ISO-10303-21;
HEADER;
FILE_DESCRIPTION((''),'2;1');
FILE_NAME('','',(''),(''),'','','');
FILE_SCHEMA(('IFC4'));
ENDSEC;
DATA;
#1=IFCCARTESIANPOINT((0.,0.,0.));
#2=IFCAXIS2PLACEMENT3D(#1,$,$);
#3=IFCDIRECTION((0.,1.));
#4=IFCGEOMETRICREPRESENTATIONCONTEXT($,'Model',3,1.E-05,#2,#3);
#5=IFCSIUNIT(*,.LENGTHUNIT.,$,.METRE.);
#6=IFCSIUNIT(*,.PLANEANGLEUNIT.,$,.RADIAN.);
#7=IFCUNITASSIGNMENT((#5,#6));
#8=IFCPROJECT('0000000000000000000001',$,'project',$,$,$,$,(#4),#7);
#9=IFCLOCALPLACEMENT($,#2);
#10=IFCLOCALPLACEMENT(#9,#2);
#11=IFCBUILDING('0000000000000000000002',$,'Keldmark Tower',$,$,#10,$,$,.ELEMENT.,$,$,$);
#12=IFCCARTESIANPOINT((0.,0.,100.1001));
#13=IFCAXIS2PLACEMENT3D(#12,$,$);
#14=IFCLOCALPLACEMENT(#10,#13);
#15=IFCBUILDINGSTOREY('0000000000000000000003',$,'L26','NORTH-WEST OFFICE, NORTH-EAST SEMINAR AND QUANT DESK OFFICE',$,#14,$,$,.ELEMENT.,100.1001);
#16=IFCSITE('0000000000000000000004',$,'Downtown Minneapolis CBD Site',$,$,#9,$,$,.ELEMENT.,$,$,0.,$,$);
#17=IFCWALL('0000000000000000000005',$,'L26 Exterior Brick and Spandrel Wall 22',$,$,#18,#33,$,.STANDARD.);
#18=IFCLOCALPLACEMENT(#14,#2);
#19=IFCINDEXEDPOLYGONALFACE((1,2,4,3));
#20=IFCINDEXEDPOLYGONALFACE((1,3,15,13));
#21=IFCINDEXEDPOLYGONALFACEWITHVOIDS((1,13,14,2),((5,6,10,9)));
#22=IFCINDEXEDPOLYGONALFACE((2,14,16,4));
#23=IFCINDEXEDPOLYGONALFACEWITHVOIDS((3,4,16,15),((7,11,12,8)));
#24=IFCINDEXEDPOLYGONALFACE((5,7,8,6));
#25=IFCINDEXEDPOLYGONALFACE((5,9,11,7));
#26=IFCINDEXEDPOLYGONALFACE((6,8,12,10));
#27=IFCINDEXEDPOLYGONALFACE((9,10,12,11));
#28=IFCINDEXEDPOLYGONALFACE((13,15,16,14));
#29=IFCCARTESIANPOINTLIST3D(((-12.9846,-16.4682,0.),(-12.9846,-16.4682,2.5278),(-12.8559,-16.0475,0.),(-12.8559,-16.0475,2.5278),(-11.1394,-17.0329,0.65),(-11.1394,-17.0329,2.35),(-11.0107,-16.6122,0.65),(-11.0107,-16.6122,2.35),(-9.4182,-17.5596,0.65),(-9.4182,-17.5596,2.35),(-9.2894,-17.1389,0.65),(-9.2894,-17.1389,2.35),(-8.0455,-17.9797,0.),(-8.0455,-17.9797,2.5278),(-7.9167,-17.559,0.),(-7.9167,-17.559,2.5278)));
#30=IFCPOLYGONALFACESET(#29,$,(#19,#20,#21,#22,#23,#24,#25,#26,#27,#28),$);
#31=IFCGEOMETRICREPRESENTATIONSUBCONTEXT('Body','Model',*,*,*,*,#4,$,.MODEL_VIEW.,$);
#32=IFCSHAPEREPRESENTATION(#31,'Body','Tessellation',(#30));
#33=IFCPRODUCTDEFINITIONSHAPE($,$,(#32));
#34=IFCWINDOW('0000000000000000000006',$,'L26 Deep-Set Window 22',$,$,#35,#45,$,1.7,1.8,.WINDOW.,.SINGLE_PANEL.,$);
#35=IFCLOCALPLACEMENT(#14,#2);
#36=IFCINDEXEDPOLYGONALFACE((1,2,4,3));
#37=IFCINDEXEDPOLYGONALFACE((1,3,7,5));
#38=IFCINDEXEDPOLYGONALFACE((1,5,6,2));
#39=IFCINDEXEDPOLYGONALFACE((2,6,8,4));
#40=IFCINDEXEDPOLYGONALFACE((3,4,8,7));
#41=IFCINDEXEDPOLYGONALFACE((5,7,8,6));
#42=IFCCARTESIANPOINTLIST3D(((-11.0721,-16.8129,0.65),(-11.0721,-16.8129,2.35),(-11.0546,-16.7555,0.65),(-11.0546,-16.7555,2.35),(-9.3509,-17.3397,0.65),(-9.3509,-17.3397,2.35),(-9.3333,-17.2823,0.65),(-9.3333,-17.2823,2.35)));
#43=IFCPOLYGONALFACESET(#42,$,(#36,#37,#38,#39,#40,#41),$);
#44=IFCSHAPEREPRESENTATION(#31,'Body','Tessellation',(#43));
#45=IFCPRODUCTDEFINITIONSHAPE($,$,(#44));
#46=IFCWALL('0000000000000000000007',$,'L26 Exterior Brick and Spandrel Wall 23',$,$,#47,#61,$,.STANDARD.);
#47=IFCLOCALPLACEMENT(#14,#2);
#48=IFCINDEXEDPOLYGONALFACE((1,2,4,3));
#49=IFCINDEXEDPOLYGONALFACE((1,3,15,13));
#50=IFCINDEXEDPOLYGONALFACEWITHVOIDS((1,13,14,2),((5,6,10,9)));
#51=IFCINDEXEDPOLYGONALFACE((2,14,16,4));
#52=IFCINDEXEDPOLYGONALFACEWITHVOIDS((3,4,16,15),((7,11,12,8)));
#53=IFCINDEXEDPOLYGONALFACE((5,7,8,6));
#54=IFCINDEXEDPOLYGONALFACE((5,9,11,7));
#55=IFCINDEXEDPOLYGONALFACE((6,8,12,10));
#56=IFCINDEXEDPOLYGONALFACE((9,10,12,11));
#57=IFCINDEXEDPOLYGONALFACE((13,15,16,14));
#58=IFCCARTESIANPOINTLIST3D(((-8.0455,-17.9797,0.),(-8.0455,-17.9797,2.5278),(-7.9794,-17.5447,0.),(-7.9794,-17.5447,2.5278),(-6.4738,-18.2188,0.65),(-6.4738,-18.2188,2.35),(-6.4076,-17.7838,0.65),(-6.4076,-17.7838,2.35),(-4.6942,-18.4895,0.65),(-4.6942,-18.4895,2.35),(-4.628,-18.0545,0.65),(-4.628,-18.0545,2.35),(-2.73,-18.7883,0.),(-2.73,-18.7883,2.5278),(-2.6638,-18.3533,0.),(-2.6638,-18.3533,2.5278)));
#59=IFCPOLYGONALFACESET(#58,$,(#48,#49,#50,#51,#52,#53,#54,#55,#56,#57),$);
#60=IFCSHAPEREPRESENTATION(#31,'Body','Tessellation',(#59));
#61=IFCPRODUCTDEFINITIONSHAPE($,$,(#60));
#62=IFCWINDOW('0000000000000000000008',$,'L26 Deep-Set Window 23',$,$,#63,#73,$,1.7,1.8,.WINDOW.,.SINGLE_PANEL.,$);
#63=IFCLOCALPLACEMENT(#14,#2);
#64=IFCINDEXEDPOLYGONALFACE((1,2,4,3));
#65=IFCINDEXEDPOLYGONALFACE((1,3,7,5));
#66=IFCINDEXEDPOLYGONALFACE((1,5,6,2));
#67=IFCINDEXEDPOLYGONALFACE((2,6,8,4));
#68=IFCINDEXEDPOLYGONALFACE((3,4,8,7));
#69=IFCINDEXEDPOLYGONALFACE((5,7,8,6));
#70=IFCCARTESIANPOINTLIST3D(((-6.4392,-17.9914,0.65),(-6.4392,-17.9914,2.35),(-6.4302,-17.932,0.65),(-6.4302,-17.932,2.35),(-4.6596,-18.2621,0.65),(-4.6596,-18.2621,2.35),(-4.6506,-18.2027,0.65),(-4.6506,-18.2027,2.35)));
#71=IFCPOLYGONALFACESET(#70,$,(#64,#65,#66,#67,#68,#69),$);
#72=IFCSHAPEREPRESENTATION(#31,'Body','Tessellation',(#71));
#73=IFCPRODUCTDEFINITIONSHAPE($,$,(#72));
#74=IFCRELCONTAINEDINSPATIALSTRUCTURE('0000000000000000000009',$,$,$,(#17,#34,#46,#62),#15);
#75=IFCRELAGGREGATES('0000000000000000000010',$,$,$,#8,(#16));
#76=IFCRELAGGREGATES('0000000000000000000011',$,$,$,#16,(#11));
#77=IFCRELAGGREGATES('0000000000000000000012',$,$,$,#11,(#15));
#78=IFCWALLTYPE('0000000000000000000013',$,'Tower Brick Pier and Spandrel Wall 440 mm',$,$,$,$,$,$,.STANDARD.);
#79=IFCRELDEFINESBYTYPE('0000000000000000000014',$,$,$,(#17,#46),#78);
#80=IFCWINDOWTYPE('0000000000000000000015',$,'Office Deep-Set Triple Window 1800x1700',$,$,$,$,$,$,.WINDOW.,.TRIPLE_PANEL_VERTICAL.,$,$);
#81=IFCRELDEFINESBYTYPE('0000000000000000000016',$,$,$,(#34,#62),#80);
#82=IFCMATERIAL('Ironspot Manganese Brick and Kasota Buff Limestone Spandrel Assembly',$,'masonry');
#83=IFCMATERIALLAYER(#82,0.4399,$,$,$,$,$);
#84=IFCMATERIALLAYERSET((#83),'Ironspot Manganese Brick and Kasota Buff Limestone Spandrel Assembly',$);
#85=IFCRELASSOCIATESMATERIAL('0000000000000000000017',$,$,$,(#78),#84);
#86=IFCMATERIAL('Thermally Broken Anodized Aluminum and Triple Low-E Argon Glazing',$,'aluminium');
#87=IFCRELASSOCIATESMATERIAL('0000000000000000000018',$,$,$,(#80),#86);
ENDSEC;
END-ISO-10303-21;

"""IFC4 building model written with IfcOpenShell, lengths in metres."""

from ifc_helpers import new_model, si_unit, direction, frame, frame_2d, origin, place, context, subcontext, project, spatial, rectangle, extrude, material, layer, layer_set, type_object, element, fill, save


model = new_model("IFC4")

# Units and contexts
model_context = context("Model", 3, precision=1e-05, world=origin(), true_north=direction((0.0, 1.0)))
body_context = subcontext(model_context, "Body", "Model", "MODEL_VIEW")
ifc_project = project(units=[si_unit("LENGTHUNIT", "METRE"), si_unit("PLANEANGLEUNIT", "RADIAN")], contexts=[model_context])

# Site, building, storey
site_placement = place(None, origin())
site = spatial("IfcSite", under=ifc_project, at=site_placement, Name="Downtown Minneapolis CBD Site", CompositionType="ELEMENT", RefElevation=0.0)
building_placement = place(site_placement, origin())
building = spatial("IfcBuilding", under=site, at=building_placement, Name="Keldmark Tower", CompositionType="ELEMENT")
storey_placement = place(building_placement, frame((0.0, 0.0, 100.1001)))
storey = spatial("IfcBuildingStorey", under=building, at=storey_placement, Name="L26", Description="NORTH-WEST OFFICE, NORTH-EAST SEMINAR AND QUANT DESK OFFICE", CompositionType="ELEMENT", Elevation=100.1001)

# Walls, openings, windows
ifc_material_1 = material(Name="Ironspot Manganese Brick and Kasota Buff Limestone Spandrel Assembly", Category="masonry")
ifc_layer_1 = layer(ifc_material_1, 0.4399)
ifc_layer_set_1 = layer_set([ifc_layer_1], Name="Ironspot Manganese Brick and Kasota Buff Limestone Spandrel Assembly")
wall_type_1 = type_object("IfcWallType", Name="Tower Brick Pier and Spandrel Wall 440 mm", PredefinedType="STANDARD", material=ifc_layer_set_1)
ifc_material_2 = material(Name="Thermally Broken Anodized Aluminum and Triple Low-E Argon Glazing", Category="aluminium")
window_type = type_object("IfcWindowType", Name="Office Deep-Set Triple Window 1800x1700", PartitioningType="TRIPLE_PANEL_VERTICAL", PredefinedType="WINDOW", material=ifc_material_2)
wall_1_placement = place(storey_placement, frame((-7.9812, -17.7693, 0.0), z_axis=(0.0, 0.0, 1.0), x_axis=(-0.956229, 0.292621, 0.0)))
wall_1 = element("IfcWall", 1, at=wall_1_placement, inside=storey, type_object=wall_type_1, Name="L26 Exterior Brick and Spandrel Wall 22", PredefinedType="STANDARD", context=body_context, shape_type="SweptSolid", body=[
    extrude(rectangle(XDim=5.1653, YDim=0.4399, at=frame_2d((2.5825, 0.0))), origin(), (0.0, 0.0, 1.0), 2.5278),
])
opening_1_placement = place(wall_1_placement, frame((1.4355, 0.0, 0.6499)))
opening_1 = element("IfcOpeningElement", 2, at=opening_1_placement, cuts=wall_1, PredefinedType="OPENING", context=body_context, shape_type="SweptSolid", body=[
    extrude(rectangle(XDim=1.8, YDim=1.7, at=frame_2d((0.8999, 0.8501))), frame((0.0, 0.23, 0.0), z_axis=(0.0, -1.0, 0.0), x_axis=(1.0, 0.0, 0.0)), (0.0, 0.0, 1.0), 0.46),
])
window_1_placement = place(opening_1_placement, origin())
window_1 = element("IfcWindow", 3, at=window_1_placement, inside=storey, type_object=window_type, Name="L26 Deep-Set Window 22", OverallHeight=1.7, OverallWidth=1.8, PartitioningType="SINGLE_PANEL", PredefinedType="WINDOW", context=body_context, shape_type="SweptSolid", body=[
    extrude(rectangle(XDim=1.8, YDim=1.7, at=frame_2d((0.8999, 0.8501))), frame((0.0, -0.01, 0.0), z_axis=(0.0, -1.0, 0.0), x_axis=(1.0, 0.0, 0.0)), (0.0, 0.0, 1.0), 0.0601),
])
fill(opening_1, window_1)
wall_2_placement = place(storey_placement, frame((-2.6968, -18.5708, 0.0), z_axis=(0.0, 0.0, 1.0), x_axis=(-0.988627, 0.150385, 0.0)))
wall_2 = element("IfcWall", 4, at=wall_2_placement, inside=storey, type_object=wall_type_1, Name="L26 Exterior Brick and Spandrel Wall 23", PredefinedType="STANDARD", context=body_context, shape_type="SweptSolid", body=[
    extrude(rectangle(XDim=5.3767, YDim=0.4399, at=frame_2d((2.6885, 0.0))), origin(), (0.0, 0.0, 1.0), 2.5278),
])
opening_2_placement = place(wall_2_placement, frame((1.9871, 0.0, 0.6499)))
opening_2 = element("IfcOpeningElement", 5, at=opening_2_placement, cuts=wall_2, PredefinedType="OPENING", context=body_context, shape_type="SweptSolid", body=[
    extrude(rectangle(XDim=1.8, YDim=1.7, at=frame_2d((0.8999, 0.8501))), frame((0.0, 0.23, 0.0), z_axis=(0.0, -1.0, 0.0), x_axis=(1.0, 0.0, 0.0)), (0.0, 0.0, 1.0), 0.46),
])
window_2_placement = place(opening_2_placement, origin())
window_2 = element("IfcWindow", 6, at=window_2_placement, inside=storey, type_object=window_type, Name="L26 Deep-Set Window 23", OverallHeight=1.7, OverallWidth=1.8, PartitioningType="SINGLE_PANEL", PredefinedType="WINDOW", context=body_context, shape_type="SweptSolid", body=[
    extrude(rectangle(XDim=1.8, YDim=1.7, at=frame_2d((0.8999, 0.8501))), frame((0.0, -0.01, 0.0), z_axis=(0.0, -1.0, 0.0), x_axis=(1.0, 0.0, 0.0)), (0.0, 0.0, 1.0), 0.0601),
])
fill(opening_2, window_2)

save(model, "model.ifc")
